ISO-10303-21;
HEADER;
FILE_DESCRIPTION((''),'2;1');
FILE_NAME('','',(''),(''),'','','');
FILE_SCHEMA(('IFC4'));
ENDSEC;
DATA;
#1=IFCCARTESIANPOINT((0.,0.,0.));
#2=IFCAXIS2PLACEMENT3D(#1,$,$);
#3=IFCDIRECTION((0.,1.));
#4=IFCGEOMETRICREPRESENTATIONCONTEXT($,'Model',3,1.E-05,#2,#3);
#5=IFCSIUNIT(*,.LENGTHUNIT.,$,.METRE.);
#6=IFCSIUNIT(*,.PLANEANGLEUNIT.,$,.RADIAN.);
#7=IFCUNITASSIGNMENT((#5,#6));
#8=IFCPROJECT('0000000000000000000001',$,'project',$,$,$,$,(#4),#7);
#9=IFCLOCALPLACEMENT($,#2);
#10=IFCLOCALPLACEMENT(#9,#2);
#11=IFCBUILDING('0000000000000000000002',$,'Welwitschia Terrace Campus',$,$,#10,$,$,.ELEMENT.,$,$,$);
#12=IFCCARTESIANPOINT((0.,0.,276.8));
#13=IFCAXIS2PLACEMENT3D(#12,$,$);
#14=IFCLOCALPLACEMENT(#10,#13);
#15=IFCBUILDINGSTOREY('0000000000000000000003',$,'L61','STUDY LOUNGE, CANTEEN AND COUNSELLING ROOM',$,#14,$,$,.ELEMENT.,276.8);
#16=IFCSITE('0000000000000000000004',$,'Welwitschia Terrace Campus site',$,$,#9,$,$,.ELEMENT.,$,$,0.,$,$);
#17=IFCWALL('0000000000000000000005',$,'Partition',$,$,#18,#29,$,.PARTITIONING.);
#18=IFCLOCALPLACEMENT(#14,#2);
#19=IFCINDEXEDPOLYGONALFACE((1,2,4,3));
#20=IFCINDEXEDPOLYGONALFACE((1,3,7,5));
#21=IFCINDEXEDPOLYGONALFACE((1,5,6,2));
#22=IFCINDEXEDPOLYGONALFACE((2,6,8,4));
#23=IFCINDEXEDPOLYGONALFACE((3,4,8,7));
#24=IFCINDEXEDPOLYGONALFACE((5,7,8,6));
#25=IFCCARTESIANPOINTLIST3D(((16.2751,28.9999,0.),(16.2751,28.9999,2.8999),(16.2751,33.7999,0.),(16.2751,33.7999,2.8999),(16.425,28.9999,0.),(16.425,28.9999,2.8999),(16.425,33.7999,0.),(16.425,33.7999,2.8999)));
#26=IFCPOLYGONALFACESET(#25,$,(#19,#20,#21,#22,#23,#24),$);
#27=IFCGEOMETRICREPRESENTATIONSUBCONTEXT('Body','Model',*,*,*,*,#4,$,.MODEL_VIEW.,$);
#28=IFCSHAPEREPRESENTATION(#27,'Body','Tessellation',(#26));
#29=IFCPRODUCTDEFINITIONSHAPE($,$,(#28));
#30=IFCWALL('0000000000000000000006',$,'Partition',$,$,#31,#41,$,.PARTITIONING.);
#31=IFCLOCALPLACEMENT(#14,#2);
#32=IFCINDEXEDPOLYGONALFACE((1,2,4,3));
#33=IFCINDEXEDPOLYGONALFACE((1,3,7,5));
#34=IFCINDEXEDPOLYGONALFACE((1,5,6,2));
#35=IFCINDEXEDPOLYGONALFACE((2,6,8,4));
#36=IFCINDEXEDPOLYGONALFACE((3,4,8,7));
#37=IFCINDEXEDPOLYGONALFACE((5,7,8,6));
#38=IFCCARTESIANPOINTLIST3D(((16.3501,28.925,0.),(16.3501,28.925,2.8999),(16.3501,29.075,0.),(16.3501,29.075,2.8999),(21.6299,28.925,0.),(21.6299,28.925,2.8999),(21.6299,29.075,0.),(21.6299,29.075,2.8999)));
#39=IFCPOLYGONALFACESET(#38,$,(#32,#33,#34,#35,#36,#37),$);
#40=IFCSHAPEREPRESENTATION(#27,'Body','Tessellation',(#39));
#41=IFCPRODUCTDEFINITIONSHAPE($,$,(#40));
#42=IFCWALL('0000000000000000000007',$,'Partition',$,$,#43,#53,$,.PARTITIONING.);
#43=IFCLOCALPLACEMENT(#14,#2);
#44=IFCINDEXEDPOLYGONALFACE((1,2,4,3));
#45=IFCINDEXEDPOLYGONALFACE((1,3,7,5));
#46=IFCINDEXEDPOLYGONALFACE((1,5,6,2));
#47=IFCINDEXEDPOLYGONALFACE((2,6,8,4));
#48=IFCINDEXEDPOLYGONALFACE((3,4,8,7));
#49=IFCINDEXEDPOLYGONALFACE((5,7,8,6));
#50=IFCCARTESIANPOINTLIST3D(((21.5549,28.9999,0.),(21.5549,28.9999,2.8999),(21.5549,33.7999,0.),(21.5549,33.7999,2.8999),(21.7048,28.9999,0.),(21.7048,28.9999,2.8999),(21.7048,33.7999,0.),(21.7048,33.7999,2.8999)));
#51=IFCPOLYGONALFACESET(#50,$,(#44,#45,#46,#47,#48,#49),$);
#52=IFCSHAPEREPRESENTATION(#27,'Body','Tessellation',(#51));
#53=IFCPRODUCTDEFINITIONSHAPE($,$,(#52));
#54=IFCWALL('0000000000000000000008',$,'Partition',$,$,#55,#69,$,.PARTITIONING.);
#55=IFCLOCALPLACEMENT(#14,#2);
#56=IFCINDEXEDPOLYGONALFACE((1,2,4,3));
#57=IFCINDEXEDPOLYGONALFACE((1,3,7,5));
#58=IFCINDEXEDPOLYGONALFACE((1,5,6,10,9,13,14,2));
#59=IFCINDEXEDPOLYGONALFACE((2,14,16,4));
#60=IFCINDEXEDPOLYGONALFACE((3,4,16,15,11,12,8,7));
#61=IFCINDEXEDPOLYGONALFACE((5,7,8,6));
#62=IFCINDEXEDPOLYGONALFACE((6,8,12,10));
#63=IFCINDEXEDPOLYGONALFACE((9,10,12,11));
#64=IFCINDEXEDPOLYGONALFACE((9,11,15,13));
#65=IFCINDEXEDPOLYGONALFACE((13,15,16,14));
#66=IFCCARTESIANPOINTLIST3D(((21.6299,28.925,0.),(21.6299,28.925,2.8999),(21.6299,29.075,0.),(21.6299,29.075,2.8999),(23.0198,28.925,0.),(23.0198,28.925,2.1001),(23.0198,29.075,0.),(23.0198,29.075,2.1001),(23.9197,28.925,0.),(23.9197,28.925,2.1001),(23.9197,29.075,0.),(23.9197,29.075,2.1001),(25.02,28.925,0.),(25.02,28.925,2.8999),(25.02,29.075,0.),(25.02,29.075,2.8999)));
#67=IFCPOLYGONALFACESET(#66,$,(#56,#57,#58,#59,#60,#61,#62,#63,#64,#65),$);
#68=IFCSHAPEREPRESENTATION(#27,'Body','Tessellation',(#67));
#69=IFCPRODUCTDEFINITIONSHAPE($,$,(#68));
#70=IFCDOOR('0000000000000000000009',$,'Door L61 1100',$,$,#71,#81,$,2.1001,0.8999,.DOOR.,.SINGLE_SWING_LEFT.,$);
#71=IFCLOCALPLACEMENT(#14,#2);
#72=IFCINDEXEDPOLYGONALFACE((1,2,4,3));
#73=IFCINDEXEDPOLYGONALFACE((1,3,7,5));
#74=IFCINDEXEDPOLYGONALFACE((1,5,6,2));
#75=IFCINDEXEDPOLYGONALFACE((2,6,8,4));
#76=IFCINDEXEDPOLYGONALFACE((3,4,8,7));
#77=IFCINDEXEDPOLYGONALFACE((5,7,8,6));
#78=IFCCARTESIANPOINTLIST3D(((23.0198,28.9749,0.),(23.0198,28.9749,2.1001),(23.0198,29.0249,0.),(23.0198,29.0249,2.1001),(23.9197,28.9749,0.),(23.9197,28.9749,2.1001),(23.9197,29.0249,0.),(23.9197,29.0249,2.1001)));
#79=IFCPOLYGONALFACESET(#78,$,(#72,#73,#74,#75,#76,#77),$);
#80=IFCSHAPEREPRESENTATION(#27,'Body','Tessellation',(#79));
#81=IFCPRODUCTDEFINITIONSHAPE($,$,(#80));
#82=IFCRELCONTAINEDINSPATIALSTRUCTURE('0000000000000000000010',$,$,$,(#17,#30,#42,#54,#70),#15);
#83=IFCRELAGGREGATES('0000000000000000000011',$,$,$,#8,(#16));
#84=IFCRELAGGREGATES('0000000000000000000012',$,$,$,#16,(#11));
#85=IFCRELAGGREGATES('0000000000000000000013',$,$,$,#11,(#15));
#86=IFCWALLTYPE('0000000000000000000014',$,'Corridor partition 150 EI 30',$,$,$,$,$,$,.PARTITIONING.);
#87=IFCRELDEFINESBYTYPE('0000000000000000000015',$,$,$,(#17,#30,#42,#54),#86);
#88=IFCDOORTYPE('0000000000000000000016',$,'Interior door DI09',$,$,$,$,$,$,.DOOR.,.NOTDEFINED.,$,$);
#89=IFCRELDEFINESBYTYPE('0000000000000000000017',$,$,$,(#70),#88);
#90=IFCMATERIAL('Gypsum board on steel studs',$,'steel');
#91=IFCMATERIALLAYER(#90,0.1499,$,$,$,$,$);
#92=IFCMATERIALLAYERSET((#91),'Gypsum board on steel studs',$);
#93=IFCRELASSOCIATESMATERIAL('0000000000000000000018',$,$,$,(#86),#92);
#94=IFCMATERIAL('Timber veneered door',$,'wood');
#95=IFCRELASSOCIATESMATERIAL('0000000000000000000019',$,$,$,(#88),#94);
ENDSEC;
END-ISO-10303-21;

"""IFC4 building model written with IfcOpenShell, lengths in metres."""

from ifc_helpers import new_model, si_unit, direction, frame, frame_2d, origin, place, context, subcontext, project, spatial, rectangle, extrude, material, layer, layer_set, type_object, element, fill, save


model = new_model("IFC4")

# Units and contexts
model_context = context("Model", 3, precision=1e-05, world=origin(), true_north=direction((0.0, 1.0)))
body_context = subcontext(model_context, "Body", "Model", "MODEL_VIEW")
ifc_project = project(units=[si_unit("LENGTHUNIT", "METRE"), si_unit("PLANEANGLEUNIT", "RADIAN")], contexts=[model_context])

# Site, building, storey
site_placement = place(None, origin())
site = spatial("IfcSite", under=ifc_project, at=site_placement, Name="Welwitschia Terrace Campus site", CompositionType="ELEMENT", RefElevation=0.0)
building_placement = place(site_placement, origin())
building = spatial("IfcBuilding", under=site, at=building_placement, Name="Welwitschia Terrace Campus", CompositionType="ELEMENT")
storey_placement = place(building_placement, frame((0.0, 0.0, 276.8)))
storey = spatial("IfcBuildingStorey", under=building, at=storey_placement, Name="L61", Description="STUDY LOUNGE, CANTEEN AND COUNSELLING ROOM", CompositionType="ELEMENT", Elevation=276.8)

# Shared definitions
ifc_material_1 = material(Name="Gypsum board on steel studs", Category="steel")
ifc_layer_1 = layer(ifc_material_1, 0.1499)
ifc_layer_set_1 = layer_set([ifc_layer_1], Name="Gypsum board on steel studs")
wall_type_1 = type_object("IfcWallType", Name="Corridor partition 150 EI 30", PredefinedType="PARTITIONING", material=ifc_layer_set_1)

# Shared definitions
ifc_material_2 = material(Name="Timber veneered door", Category="wood")
door_type_1 = type_object("IfcDoorType", Name="Interior door DI09", OperationType="NOTDEFINED", PredefinedType="DOOR", material=ifc_material_2)

# Walls
wall_1_placement = place(storey_placement, frame((16.3501, 29.0, 0.0), z_axis=(0.0, 0.0, 1.0), x_axis=(0.0, 1.0, 0.0)))
element("IfcWall", 1, at=wall_1_placement, inside=storey, type_object=wall_type_1, Name="Partition", PredefinedType="PARTITIONING", context=body_context, shape_type="SweptSolid", body=[
    extrude(rectangle(XDim=4.8, YDim=0.1499, at=frame_2d((2.3999, 0.0))), origin(), (0.0, 0.0, 1.0), 2.8999),
])
wall_2_placement = place(storey_placement, frame((16.3501, 29.0, 0.0), z_axis=(0.0, 0.0, 1.0), x_axis=(1.0, 0.0, 0.0)))
element("IfcWall", 2, at=wall_2_placement, inside=storey, type_object=wall_type_1, Name="Partition", PredefinedType="PARTITIONING", context=body_context, shape_type="SweptSolid", body=[
    extrude(rectangle(XDim=5.2798, YDim=0.1499, at=frame_2d((2.6399, 0.0))), origin(), (0.0, 0.0, 1.0), 2.8999),
])
wall_3_placement = place(storey_placement, frame((21.6299, 29.0, 0.0), z_axis=(0.0, 0.0, 1.0), x_axis=(0.0, 1.0, 0.0)))
element("IfcWall", 3, at=wall_3_placement, inside=storey, type_object=wall_type_1, Name="Partition", PredefinedType="PARTITIONING", context=body_context, shape_type="SweptSolid", body=[
    extrude(rectangle(XDim=4.8, YDim=0.1499, at=frame_2d((2.3999, 0.0))), origin(), (0.0, 0.0, 1.0), 2.8999),
])

# Wall, opening, door
wall_4_placement = place(storey_placement, frame((21.6299, 29.0, 0.0), z_axis=(0.0, 0.0, 1.0), x_axis=(1.0, 0.0, 0.0)))
wall_4 = element("IfcWall", 4, at=wall_4_placement, inside=storey, type_object=wall_type_1, Name="Partition", PredefinedType="PARTITIONING", context=body_context, shape_type="SweptSolid", body=[
    extrude(rectangle(XDim=3.3901, YDim=0.1499, at=frame_2d((1.6951, 0.0))), origin(), (0.0, 0.0, 1.0), 2.8999),
])
opening_1_placement = place(wall_4_placement, frame((1.3899, 0.0, 0.0)))
opening_1 = element("IfcOpeningElement", 5, at=opening_1_placement, cuts=wall_4, PredefinedType="OPENING", context=body_context, shape_type="SweptSolid", body=[
    extrude(rectangle(XDim=0.8999, YDim=2.1001, at=frame_2d((0.45, 1.05))), frame((0.0, 0.085, 0.0), z_axis=(0.0, -1.0, 0.0), x_axis=(1.0, 0.0, 0.0)), (0.0, 0.0, 1.0), 0.1699),
])
door_1_placement = place(opening_1_placement, origin())
door_1 = element("IfcDoor", 6, at=door_1_placement, inside=storey, type_object=door_type_1, Name="Door L61 1100", OperationType="SINGLE_SWING_LEFT", OverallHeight=2.1001, OverallWidth=0.8999, PredefinedType="DOOR", context=body_context, shape_type="SweptSolid", body=[
    extrude(rectangle(XDim=0.8999, YDim=2.1001, at=frame_2d((0.45, 1.05))), frame((0.0, 0.0249, 0.0), z_axis=(0.0, -1.0, 0.0), x_axis=(1.0, 0.0, 0.0)), (0.0, 0.0, 1.0), 0.05),
])
fill(opening_1, door_1)

save(model, "model.ifc")
